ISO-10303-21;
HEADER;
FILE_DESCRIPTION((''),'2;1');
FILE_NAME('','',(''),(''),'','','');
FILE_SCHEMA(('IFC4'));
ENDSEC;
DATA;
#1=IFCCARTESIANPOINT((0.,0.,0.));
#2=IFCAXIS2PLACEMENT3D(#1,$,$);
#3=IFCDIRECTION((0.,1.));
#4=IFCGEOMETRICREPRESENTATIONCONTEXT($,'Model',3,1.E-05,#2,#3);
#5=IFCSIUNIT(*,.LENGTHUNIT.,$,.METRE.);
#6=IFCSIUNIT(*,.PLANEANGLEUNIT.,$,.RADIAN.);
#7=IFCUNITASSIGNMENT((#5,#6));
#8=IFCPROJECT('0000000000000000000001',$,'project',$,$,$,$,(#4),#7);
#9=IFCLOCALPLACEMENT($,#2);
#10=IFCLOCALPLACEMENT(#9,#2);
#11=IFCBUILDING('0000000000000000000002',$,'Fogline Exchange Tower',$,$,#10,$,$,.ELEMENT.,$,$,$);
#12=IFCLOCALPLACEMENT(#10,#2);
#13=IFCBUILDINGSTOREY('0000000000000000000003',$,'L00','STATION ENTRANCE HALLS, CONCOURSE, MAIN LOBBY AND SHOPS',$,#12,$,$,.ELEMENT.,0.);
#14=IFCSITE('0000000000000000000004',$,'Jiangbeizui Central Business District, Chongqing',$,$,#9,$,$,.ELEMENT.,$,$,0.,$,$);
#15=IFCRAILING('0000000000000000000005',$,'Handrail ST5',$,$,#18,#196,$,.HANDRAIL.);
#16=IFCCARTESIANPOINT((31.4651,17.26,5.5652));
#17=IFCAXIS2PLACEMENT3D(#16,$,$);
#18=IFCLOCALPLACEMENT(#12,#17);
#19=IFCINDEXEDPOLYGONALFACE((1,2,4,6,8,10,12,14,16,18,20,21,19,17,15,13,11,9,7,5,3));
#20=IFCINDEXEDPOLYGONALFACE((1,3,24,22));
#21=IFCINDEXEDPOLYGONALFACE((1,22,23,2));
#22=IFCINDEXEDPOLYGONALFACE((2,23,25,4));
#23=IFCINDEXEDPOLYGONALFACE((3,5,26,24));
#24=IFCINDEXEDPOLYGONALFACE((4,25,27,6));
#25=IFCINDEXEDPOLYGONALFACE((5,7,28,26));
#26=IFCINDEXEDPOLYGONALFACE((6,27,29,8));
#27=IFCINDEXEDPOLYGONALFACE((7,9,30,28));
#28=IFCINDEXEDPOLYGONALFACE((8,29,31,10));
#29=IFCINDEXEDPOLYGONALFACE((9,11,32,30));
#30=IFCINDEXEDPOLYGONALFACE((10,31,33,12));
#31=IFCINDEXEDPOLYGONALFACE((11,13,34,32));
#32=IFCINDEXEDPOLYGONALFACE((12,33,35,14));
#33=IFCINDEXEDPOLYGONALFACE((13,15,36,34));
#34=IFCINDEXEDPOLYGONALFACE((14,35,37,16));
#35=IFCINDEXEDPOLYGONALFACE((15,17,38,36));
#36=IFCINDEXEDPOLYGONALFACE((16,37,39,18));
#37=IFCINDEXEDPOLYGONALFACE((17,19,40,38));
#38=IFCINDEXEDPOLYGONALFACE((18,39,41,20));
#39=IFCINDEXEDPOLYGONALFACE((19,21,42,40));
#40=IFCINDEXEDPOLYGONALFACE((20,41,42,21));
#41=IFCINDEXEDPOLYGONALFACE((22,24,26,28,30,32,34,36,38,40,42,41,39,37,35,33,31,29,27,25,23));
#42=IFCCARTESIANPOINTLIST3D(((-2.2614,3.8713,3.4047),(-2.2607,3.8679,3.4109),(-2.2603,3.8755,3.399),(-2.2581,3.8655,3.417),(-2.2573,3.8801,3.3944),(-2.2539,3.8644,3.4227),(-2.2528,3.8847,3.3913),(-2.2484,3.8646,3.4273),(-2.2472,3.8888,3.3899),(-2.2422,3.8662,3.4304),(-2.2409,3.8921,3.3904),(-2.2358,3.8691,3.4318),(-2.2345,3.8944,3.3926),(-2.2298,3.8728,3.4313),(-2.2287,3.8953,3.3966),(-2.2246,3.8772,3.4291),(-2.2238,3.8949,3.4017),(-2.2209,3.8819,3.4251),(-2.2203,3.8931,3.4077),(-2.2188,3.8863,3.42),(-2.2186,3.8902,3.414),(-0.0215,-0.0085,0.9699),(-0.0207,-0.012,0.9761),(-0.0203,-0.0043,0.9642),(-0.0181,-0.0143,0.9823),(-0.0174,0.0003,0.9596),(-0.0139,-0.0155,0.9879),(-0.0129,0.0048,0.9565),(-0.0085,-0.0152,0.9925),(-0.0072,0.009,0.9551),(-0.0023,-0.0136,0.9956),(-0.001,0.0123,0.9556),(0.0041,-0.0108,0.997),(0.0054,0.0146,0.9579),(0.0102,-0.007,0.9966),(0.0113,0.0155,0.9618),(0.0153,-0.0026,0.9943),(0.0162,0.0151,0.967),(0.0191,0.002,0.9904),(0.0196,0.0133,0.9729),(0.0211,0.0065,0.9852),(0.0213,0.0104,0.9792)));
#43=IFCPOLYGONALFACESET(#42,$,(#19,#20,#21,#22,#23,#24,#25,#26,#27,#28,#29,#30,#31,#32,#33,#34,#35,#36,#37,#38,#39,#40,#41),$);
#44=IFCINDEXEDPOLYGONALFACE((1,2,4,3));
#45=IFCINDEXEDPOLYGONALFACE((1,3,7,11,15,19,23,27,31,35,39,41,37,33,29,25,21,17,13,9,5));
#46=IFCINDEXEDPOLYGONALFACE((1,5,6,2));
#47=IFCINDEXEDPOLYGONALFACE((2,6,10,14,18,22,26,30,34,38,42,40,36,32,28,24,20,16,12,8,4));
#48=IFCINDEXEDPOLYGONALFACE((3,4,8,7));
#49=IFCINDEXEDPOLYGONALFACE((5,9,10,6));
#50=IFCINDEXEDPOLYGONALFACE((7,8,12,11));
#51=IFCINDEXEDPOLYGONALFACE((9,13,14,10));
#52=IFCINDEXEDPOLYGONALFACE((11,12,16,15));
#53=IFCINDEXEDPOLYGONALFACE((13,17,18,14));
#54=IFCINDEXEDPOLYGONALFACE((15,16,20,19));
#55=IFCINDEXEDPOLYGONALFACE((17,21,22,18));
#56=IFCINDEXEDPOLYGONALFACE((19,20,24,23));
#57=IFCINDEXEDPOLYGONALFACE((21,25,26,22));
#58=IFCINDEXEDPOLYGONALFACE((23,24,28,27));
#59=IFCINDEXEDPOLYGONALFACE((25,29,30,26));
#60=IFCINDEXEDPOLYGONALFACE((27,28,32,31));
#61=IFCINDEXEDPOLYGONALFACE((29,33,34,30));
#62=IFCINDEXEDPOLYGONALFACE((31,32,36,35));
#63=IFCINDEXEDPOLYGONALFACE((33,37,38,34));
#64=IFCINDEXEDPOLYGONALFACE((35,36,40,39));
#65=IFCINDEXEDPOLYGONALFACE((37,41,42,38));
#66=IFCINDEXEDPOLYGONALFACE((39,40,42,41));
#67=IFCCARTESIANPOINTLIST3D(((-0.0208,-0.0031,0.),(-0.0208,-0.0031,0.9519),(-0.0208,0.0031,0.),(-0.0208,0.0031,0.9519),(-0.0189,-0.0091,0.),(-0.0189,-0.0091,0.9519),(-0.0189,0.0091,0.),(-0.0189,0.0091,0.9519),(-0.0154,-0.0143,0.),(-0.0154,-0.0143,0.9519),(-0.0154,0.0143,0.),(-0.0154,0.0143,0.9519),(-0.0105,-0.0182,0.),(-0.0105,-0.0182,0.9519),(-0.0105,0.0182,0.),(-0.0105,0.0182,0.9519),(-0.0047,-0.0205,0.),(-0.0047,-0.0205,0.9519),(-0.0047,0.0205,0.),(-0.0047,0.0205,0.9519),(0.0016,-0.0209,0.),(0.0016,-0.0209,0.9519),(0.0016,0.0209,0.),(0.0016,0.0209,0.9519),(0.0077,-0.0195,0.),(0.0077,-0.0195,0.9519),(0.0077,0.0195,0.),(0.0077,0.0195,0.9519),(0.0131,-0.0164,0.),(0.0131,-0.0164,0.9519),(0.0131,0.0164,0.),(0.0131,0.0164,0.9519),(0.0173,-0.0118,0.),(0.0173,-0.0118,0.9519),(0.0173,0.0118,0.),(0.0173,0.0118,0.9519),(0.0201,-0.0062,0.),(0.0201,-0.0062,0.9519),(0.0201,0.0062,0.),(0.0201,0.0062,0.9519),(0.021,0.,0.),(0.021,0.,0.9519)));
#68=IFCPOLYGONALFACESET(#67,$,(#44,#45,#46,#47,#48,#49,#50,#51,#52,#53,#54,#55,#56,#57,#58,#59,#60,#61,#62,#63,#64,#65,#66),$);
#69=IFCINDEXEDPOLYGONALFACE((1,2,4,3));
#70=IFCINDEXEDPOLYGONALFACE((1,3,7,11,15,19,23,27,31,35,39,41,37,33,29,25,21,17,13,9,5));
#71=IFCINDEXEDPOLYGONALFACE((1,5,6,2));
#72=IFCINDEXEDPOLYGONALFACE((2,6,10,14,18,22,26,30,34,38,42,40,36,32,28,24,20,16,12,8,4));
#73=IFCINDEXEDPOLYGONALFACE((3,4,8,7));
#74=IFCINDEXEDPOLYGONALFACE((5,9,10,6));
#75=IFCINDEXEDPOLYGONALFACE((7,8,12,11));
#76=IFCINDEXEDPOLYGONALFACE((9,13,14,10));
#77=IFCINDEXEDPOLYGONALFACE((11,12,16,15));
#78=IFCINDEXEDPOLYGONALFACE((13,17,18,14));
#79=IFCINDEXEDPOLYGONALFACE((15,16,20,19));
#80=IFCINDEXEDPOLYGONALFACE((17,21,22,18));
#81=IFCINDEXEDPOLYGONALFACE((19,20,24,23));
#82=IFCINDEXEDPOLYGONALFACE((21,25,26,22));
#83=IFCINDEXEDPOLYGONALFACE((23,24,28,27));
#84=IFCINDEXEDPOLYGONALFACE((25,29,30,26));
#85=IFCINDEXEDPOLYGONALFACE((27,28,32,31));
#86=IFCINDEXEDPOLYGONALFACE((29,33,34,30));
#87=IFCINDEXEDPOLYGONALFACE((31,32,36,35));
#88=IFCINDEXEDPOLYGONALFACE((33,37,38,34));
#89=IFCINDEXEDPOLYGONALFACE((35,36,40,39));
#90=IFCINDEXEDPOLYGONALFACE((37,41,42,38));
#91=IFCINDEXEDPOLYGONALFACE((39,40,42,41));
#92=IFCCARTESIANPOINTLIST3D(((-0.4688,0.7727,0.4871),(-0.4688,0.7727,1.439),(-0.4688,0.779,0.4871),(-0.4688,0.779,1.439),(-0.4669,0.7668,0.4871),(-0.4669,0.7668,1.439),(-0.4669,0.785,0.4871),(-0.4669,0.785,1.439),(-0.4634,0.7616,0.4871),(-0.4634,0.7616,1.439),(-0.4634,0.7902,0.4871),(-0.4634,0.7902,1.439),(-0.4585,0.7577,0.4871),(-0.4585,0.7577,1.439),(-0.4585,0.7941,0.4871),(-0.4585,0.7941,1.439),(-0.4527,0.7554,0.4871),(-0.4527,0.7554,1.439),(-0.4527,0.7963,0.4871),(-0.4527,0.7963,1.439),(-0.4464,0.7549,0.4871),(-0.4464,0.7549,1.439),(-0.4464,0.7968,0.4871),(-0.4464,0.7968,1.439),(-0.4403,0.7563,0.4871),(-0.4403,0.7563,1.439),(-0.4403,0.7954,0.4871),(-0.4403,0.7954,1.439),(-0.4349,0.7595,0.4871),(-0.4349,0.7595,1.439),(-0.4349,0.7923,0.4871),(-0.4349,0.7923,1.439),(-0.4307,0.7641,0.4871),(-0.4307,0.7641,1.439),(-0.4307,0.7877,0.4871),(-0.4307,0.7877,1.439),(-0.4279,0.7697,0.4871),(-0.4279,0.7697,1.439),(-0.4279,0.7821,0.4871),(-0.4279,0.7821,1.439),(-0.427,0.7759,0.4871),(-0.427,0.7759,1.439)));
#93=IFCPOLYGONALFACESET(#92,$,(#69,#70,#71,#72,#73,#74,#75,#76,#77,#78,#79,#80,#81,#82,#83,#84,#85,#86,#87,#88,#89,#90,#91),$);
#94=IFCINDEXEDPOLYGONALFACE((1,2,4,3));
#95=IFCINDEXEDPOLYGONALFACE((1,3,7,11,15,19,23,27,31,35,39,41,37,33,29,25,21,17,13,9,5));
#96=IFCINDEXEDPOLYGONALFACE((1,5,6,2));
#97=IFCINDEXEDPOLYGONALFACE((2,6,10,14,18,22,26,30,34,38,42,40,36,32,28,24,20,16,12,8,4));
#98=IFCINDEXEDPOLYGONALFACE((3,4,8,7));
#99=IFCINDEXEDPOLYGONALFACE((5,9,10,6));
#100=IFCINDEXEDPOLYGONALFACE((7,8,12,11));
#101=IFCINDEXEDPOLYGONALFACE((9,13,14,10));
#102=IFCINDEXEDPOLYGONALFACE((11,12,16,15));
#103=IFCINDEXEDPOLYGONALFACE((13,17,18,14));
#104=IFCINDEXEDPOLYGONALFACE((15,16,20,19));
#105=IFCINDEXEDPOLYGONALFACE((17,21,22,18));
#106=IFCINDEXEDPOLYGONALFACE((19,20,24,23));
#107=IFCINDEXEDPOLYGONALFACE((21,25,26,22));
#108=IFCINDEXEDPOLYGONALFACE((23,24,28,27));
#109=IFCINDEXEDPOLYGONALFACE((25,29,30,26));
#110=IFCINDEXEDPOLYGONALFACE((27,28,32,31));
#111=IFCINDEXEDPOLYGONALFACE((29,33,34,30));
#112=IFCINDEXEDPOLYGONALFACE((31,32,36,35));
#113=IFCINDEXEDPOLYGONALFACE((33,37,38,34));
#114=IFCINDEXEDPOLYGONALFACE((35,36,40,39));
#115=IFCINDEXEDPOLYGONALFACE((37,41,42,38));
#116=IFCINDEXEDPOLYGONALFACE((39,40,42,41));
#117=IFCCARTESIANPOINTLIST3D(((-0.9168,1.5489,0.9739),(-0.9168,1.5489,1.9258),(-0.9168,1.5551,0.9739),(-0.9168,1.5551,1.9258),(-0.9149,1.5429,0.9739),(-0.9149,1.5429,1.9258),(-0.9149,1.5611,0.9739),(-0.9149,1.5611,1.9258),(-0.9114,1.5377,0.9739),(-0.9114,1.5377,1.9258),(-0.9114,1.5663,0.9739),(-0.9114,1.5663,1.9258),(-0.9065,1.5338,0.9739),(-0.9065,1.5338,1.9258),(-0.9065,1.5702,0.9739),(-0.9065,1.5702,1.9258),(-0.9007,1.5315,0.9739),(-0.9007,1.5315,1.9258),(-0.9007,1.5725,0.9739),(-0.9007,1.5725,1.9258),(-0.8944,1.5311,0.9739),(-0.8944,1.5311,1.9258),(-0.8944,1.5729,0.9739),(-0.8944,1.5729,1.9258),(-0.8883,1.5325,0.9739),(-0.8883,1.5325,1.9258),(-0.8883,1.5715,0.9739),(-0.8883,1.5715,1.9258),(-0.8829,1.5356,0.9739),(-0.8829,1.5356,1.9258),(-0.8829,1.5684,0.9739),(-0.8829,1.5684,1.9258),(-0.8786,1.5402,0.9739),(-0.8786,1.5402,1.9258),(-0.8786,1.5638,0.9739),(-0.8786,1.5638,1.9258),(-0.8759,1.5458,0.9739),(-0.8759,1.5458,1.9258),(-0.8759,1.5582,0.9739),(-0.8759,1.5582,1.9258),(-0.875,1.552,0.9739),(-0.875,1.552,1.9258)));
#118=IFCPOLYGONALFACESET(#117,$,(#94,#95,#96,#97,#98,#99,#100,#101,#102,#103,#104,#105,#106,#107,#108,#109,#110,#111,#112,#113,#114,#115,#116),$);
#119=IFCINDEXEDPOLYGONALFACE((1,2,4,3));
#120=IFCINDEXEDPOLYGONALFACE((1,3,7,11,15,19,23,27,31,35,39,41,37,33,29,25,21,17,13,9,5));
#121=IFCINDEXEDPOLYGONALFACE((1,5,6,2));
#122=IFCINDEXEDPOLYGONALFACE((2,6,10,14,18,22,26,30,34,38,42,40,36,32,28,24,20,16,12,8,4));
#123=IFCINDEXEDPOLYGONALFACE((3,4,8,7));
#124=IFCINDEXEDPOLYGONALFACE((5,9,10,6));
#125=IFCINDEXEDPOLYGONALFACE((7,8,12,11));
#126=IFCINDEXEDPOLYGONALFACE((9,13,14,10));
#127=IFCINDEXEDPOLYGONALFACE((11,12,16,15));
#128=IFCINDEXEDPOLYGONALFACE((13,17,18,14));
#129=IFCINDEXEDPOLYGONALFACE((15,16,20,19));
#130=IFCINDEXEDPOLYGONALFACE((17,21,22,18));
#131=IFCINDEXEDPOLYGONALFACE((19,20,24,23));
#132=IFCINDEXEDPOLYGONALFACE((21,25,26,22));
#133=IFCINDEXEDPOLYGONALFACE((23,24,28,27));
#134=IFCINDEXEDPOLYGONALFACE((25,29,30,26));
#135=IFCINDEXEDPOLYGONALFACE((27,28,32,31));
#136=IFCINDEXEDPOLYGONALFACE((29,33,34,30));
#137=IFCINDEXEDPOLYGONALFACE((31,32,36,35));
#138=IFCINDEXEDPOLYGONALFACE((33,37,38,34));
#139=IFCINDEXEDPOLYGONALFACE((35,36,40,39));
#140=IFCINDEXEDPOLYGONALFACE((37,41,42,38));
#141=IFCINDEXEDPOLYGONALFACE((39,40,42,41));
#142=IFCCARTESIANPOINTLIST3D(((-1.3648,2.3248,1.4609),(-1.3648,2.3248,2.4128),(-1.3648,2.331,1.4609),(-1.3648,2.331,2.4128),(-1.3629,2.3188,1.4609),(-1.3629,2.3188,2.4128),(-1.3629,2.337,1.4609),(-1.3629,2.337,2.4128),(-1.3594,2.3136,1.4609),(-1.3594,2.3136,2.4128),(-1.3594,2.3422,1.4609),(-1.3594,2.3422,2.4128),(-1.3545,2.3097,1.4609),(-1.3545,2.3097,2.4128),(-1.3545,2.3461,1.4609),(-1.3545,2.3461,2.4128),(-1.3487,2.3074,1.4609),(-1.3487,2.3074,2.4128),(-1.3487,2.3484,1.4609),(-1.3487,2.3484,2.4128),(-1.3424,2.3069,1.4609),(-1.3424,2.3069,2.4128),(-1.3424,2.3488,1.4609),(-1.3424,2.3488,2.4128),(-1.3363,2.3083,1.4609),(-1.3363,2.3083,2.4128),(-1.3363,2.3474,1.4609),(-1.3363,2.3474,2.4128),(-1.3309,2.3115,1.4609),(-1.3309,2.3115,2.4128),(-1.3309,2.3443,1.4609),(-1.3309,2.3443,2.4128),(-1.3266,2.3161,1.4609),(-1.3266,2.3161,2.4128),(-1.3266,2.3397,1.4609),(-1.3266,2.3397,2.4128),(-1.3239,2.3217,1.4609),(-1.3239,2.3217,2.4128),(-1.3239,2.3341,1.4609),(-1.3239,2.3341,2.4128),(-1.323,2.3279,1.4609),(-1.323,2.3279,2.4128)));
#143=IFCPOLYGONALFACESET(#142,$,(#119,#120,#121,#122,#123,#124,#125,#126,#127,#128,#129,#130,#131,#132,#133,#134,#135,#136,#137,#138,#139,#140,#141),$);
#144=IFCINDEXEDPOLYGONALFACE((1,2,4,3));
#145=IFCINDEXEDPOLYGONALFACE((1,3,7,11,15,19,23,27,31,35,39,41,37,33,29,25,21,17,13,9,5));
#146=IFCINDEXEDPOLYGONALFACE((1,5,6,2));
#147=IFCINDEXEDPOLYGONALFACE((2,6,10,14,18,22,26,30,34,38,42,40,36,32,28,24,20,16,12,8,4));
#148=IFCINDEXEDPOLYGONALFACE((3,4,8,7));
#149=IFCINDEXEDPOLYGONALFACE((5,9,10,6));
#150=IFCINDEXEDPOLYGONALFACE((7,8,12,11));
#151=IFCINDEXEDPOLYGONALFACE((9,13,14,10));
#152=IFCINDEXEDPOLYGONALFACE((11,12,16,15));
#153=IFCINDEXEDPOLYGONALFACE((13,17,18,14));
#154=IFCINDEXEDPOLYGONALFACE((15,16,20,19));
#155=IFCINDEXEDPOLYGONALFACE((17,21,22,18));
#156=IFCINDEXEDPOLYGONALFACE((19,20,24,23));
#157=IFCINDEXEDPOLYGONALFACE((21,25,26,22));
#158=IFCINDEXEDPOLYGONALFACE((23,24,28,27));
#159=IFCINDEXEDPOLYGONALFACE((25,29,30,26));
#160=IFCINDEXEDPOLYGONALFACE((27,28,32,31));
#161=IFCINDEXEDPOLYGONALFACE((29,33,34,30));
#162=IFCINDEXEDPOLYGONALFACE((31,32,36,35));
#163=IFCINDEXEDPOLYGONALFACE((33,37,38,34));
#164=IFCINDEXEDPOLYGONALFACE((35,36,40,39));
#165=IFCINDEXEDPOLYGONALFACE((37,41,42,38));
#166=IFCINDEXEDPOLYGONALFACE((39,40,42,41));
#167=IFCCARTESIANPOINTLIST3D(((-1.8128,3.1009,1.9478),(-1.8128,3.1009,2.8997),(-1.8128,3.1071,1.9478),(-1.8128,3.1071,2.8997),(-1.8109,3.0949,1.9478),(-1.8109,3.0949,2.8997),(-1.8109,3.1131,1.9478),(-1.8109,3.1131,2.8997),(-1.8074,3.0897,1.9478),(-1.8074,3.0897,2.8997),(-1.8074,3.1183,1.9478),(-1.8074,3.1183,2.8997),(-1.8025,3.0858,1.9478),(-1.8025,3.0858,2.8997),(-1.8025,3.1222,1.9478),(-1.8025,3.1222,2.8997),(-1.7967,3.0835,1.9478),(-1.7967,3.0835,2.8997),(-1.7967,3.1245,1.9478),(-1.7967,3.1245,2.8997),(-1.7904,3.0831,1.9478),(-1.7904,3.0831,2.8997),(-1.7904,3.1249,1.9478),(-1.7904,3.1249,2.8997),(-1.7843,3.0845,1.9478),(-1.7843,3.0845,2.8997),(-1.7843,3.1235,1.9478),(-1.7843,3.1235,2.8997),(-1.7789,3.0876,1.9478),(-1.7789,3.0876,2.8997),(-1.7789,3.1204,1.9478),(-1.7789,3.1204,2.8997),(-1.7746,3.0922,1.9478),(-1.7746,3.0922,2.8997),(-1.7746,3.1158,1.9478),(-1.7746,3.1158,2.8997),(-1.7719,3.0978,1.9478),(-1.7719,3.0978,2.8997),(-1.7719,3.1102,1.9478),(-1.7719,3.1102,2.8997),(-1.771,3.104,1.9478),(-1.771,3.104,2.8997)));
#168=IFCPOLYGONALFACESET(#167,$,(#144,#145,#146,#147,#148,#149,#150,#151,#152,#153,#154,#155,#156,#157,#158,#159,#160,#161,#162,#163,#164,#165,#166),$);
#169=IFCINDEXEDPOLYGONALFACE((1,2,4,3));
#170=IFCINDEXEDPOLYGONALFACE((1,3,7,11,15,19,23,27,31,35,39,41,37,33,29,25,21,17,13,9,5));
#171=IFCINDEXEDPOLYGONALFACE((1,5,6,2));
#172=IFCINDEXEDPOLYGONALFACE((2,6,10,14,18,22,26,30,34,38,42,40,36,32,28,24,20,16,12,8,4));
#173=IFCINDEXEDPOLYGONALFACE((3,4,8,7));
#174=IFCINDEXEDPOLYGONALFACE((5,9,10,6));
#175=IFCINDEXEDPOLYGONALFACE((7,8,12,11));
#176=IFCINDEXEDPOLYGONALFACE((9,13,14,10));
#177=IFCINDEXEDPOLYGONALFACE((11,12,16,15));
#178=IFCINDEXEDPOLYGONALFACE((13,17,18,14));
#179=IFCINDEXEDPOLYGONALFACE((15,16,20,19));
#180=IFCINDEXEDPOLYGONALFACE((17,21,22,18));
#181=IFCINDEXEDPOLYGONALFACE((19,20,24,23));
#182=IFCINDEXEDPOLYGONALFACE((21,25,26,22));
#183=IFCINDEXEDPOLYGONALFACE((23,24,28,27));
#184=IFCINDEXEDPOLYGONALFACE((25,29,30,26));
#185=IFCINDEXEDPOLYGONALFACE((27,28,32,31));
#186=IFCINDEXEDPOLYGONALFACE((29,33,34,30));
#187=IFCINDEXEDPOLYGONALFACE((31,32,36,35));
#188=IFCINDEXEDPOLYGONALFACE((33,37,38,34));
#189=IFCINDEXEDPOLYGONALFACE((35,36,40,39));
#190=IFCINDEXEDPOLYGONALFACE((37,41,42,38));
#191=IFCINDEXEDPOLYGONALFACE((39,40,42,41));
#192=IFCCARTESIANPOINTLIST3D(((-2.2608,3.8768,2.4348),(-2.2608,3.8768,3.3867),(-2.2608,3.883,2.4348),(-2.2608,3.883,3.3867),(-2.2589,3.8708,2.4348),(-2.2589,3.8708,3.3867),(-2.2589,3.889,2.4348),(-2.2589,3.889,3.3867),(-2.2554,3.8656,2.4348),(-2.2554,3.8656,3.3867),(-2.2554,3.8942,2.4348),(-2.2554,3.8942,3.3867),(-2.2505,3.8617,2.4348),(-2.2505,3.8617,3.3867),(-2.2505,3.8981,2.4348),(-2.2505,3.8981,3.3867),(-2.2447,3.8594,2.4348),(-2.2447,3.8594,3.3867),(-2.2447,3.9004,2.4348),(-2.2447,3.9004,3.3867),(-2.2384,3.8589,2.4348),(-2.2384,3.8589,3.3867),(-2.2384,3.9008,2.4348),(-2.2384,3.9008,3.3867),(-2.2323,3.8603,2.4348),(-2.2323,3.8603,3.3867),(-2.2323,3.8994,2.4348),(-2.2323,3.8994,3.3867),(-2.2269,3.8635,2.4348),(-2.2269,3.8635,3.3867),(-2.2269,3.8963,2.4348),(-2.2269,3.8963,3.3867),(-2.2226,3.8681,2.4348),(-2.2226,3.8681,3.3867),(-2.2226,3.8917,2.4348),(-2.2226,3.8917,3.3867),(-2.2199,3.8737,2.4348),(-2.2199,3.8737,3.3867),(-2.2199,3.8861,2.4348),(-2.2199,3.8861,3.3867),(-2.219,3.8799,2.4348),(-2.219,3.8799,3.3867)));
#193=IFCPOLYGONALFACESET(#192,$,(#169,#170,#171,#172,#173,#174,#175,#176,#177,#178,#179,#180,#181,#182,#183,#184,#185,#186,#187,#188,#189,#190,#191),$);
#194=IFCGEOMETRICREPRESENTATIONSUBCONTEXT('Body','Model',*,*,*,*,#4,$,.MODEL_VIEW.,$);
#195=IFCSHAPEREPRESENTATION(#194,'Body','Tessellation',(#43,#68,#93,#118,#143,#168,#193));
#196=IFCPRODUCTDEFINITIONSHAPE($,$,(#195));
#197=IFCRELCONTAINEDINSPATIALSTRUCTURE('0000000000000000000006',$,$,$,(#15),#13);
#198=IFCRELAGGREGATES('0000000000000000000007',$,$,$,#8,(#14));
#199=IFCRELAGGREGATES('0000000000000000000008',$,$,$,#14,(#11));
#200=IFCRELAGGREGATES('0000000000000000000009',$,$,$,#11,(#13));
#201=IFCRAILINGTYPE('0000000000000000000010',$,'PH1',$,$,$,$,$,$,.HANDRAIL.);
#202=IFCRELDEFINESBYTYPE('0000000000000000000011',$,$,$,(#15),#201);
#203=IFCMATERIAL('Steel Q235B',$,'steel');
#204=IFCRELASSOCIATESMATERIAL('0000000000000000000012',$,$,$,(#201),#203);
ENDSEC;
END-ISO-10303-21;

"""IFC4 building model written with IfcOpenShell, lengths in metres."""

from ifc_helpers import new_model, si_unit, direction, frame, origin, origin_2d, place, context, subcontext, project, spatial, circle, extrude, material, type_object, element, save


model = new_model("IFC4")

# Units and contexts
model_context = context("Model", 3, precision=1e-05, world=origin(), true_north=direction((0.0, 1.0)))
body_context = subcontext(model_context, "Body", "Model", "MODEL_VIEW")
ifc_project = project(units=[si_unit("LENGTHUNIT", "METRE"), si_unit("PLANEANGLEUNIT", "RADIAN")], contexts=[model_context])

# Site, building, storey
site_placement = place(None, origin())
site = spatial("IfcSite", under=ifc_project, at=site_placement, Name="Jiangbeizui Central Business District, Chongqing", CompositionType="ELEMENT", RefElevation=0.0)
building_placement = place(site_placement, origin())
building = spatial("IfcBuilding", under=site, at=building_placement, Name="Fogline Exchange Tower", CompositionType="ELEMENT")
storey_placement = place(building_placement, origin())
storey = spatial("IfcBuildingStorey", under=building, at=storey_placement, Name="L00", Description="STATION ENTRANCE HALLS, CONCOURSE, MAIN LOBBY AND SHOPS", CompositionType="ELEMENT", Elevation=0.0)

# Shared definitions
ifc_material_1 = material(Name="Steel Q235B", Category="steel")

# Railing
railing_type_1 = type_object("IfcRailingType", Name="PH1", PredefinedType="HANDRAIL", material=ifc_material_1)
for number, where, name in (
    (1, (31.4651, 17.26, 5.5652), "Handrail ST5"),
):
    element("IfcRailing", number, at=place(storey_placement, frame(where)), inside=storey, type_object=railing_type_1, Name=name, PredefinedType="HANDRAIL", context=body_context, shape_type="SweptSolid", body=[
        extrude(circle(Radius=0.0239, at=origin_2d()), frame((0.0, 0.0, 0.9761), z_axis=(-0.439304, 0.760917, 0.477512), x_axis=(-0.866031, -0.49999, 0.0)), (0.0, 0.0, 1.0), 5.0989),
        extrude(circle(Radius=0.021, at=origin_2d()), origin(), (0.0, 0.0, 1.0), 0.9519),
        extrude(circle(Radius=0.021, at=origin_2d()), frame((-0.448, 0.7759, 0.4871)), (0.0, 0.0, 1.0), 0.9519),
        extrude(circle(Radius=0.021, at=origin_2d()), frame((-0.896, 1.552, 0.9739)), (0.0, 0.0, 1.0), 0.9519),
        extrude(circle(Radius=0.021, at=origin_2d()), frame((-1.344, 2.3279, 1.4609)), (0.0, 0.0, 1.0), 0.9519),
        extrude(circle(Radius=0.021, at=origin_2d()), frame((-1.792, 3.104, 1.9478)), (0.0, 0.0, 1.0), 0.9519),
        extrude(circle(Radius=0.021, at=origin_2d()), frame((-2.24, 3.8799, 2.4348)), (0.0, 0.0, 1.0), 0.9519),
    ])

save(model, "model.ifc")
